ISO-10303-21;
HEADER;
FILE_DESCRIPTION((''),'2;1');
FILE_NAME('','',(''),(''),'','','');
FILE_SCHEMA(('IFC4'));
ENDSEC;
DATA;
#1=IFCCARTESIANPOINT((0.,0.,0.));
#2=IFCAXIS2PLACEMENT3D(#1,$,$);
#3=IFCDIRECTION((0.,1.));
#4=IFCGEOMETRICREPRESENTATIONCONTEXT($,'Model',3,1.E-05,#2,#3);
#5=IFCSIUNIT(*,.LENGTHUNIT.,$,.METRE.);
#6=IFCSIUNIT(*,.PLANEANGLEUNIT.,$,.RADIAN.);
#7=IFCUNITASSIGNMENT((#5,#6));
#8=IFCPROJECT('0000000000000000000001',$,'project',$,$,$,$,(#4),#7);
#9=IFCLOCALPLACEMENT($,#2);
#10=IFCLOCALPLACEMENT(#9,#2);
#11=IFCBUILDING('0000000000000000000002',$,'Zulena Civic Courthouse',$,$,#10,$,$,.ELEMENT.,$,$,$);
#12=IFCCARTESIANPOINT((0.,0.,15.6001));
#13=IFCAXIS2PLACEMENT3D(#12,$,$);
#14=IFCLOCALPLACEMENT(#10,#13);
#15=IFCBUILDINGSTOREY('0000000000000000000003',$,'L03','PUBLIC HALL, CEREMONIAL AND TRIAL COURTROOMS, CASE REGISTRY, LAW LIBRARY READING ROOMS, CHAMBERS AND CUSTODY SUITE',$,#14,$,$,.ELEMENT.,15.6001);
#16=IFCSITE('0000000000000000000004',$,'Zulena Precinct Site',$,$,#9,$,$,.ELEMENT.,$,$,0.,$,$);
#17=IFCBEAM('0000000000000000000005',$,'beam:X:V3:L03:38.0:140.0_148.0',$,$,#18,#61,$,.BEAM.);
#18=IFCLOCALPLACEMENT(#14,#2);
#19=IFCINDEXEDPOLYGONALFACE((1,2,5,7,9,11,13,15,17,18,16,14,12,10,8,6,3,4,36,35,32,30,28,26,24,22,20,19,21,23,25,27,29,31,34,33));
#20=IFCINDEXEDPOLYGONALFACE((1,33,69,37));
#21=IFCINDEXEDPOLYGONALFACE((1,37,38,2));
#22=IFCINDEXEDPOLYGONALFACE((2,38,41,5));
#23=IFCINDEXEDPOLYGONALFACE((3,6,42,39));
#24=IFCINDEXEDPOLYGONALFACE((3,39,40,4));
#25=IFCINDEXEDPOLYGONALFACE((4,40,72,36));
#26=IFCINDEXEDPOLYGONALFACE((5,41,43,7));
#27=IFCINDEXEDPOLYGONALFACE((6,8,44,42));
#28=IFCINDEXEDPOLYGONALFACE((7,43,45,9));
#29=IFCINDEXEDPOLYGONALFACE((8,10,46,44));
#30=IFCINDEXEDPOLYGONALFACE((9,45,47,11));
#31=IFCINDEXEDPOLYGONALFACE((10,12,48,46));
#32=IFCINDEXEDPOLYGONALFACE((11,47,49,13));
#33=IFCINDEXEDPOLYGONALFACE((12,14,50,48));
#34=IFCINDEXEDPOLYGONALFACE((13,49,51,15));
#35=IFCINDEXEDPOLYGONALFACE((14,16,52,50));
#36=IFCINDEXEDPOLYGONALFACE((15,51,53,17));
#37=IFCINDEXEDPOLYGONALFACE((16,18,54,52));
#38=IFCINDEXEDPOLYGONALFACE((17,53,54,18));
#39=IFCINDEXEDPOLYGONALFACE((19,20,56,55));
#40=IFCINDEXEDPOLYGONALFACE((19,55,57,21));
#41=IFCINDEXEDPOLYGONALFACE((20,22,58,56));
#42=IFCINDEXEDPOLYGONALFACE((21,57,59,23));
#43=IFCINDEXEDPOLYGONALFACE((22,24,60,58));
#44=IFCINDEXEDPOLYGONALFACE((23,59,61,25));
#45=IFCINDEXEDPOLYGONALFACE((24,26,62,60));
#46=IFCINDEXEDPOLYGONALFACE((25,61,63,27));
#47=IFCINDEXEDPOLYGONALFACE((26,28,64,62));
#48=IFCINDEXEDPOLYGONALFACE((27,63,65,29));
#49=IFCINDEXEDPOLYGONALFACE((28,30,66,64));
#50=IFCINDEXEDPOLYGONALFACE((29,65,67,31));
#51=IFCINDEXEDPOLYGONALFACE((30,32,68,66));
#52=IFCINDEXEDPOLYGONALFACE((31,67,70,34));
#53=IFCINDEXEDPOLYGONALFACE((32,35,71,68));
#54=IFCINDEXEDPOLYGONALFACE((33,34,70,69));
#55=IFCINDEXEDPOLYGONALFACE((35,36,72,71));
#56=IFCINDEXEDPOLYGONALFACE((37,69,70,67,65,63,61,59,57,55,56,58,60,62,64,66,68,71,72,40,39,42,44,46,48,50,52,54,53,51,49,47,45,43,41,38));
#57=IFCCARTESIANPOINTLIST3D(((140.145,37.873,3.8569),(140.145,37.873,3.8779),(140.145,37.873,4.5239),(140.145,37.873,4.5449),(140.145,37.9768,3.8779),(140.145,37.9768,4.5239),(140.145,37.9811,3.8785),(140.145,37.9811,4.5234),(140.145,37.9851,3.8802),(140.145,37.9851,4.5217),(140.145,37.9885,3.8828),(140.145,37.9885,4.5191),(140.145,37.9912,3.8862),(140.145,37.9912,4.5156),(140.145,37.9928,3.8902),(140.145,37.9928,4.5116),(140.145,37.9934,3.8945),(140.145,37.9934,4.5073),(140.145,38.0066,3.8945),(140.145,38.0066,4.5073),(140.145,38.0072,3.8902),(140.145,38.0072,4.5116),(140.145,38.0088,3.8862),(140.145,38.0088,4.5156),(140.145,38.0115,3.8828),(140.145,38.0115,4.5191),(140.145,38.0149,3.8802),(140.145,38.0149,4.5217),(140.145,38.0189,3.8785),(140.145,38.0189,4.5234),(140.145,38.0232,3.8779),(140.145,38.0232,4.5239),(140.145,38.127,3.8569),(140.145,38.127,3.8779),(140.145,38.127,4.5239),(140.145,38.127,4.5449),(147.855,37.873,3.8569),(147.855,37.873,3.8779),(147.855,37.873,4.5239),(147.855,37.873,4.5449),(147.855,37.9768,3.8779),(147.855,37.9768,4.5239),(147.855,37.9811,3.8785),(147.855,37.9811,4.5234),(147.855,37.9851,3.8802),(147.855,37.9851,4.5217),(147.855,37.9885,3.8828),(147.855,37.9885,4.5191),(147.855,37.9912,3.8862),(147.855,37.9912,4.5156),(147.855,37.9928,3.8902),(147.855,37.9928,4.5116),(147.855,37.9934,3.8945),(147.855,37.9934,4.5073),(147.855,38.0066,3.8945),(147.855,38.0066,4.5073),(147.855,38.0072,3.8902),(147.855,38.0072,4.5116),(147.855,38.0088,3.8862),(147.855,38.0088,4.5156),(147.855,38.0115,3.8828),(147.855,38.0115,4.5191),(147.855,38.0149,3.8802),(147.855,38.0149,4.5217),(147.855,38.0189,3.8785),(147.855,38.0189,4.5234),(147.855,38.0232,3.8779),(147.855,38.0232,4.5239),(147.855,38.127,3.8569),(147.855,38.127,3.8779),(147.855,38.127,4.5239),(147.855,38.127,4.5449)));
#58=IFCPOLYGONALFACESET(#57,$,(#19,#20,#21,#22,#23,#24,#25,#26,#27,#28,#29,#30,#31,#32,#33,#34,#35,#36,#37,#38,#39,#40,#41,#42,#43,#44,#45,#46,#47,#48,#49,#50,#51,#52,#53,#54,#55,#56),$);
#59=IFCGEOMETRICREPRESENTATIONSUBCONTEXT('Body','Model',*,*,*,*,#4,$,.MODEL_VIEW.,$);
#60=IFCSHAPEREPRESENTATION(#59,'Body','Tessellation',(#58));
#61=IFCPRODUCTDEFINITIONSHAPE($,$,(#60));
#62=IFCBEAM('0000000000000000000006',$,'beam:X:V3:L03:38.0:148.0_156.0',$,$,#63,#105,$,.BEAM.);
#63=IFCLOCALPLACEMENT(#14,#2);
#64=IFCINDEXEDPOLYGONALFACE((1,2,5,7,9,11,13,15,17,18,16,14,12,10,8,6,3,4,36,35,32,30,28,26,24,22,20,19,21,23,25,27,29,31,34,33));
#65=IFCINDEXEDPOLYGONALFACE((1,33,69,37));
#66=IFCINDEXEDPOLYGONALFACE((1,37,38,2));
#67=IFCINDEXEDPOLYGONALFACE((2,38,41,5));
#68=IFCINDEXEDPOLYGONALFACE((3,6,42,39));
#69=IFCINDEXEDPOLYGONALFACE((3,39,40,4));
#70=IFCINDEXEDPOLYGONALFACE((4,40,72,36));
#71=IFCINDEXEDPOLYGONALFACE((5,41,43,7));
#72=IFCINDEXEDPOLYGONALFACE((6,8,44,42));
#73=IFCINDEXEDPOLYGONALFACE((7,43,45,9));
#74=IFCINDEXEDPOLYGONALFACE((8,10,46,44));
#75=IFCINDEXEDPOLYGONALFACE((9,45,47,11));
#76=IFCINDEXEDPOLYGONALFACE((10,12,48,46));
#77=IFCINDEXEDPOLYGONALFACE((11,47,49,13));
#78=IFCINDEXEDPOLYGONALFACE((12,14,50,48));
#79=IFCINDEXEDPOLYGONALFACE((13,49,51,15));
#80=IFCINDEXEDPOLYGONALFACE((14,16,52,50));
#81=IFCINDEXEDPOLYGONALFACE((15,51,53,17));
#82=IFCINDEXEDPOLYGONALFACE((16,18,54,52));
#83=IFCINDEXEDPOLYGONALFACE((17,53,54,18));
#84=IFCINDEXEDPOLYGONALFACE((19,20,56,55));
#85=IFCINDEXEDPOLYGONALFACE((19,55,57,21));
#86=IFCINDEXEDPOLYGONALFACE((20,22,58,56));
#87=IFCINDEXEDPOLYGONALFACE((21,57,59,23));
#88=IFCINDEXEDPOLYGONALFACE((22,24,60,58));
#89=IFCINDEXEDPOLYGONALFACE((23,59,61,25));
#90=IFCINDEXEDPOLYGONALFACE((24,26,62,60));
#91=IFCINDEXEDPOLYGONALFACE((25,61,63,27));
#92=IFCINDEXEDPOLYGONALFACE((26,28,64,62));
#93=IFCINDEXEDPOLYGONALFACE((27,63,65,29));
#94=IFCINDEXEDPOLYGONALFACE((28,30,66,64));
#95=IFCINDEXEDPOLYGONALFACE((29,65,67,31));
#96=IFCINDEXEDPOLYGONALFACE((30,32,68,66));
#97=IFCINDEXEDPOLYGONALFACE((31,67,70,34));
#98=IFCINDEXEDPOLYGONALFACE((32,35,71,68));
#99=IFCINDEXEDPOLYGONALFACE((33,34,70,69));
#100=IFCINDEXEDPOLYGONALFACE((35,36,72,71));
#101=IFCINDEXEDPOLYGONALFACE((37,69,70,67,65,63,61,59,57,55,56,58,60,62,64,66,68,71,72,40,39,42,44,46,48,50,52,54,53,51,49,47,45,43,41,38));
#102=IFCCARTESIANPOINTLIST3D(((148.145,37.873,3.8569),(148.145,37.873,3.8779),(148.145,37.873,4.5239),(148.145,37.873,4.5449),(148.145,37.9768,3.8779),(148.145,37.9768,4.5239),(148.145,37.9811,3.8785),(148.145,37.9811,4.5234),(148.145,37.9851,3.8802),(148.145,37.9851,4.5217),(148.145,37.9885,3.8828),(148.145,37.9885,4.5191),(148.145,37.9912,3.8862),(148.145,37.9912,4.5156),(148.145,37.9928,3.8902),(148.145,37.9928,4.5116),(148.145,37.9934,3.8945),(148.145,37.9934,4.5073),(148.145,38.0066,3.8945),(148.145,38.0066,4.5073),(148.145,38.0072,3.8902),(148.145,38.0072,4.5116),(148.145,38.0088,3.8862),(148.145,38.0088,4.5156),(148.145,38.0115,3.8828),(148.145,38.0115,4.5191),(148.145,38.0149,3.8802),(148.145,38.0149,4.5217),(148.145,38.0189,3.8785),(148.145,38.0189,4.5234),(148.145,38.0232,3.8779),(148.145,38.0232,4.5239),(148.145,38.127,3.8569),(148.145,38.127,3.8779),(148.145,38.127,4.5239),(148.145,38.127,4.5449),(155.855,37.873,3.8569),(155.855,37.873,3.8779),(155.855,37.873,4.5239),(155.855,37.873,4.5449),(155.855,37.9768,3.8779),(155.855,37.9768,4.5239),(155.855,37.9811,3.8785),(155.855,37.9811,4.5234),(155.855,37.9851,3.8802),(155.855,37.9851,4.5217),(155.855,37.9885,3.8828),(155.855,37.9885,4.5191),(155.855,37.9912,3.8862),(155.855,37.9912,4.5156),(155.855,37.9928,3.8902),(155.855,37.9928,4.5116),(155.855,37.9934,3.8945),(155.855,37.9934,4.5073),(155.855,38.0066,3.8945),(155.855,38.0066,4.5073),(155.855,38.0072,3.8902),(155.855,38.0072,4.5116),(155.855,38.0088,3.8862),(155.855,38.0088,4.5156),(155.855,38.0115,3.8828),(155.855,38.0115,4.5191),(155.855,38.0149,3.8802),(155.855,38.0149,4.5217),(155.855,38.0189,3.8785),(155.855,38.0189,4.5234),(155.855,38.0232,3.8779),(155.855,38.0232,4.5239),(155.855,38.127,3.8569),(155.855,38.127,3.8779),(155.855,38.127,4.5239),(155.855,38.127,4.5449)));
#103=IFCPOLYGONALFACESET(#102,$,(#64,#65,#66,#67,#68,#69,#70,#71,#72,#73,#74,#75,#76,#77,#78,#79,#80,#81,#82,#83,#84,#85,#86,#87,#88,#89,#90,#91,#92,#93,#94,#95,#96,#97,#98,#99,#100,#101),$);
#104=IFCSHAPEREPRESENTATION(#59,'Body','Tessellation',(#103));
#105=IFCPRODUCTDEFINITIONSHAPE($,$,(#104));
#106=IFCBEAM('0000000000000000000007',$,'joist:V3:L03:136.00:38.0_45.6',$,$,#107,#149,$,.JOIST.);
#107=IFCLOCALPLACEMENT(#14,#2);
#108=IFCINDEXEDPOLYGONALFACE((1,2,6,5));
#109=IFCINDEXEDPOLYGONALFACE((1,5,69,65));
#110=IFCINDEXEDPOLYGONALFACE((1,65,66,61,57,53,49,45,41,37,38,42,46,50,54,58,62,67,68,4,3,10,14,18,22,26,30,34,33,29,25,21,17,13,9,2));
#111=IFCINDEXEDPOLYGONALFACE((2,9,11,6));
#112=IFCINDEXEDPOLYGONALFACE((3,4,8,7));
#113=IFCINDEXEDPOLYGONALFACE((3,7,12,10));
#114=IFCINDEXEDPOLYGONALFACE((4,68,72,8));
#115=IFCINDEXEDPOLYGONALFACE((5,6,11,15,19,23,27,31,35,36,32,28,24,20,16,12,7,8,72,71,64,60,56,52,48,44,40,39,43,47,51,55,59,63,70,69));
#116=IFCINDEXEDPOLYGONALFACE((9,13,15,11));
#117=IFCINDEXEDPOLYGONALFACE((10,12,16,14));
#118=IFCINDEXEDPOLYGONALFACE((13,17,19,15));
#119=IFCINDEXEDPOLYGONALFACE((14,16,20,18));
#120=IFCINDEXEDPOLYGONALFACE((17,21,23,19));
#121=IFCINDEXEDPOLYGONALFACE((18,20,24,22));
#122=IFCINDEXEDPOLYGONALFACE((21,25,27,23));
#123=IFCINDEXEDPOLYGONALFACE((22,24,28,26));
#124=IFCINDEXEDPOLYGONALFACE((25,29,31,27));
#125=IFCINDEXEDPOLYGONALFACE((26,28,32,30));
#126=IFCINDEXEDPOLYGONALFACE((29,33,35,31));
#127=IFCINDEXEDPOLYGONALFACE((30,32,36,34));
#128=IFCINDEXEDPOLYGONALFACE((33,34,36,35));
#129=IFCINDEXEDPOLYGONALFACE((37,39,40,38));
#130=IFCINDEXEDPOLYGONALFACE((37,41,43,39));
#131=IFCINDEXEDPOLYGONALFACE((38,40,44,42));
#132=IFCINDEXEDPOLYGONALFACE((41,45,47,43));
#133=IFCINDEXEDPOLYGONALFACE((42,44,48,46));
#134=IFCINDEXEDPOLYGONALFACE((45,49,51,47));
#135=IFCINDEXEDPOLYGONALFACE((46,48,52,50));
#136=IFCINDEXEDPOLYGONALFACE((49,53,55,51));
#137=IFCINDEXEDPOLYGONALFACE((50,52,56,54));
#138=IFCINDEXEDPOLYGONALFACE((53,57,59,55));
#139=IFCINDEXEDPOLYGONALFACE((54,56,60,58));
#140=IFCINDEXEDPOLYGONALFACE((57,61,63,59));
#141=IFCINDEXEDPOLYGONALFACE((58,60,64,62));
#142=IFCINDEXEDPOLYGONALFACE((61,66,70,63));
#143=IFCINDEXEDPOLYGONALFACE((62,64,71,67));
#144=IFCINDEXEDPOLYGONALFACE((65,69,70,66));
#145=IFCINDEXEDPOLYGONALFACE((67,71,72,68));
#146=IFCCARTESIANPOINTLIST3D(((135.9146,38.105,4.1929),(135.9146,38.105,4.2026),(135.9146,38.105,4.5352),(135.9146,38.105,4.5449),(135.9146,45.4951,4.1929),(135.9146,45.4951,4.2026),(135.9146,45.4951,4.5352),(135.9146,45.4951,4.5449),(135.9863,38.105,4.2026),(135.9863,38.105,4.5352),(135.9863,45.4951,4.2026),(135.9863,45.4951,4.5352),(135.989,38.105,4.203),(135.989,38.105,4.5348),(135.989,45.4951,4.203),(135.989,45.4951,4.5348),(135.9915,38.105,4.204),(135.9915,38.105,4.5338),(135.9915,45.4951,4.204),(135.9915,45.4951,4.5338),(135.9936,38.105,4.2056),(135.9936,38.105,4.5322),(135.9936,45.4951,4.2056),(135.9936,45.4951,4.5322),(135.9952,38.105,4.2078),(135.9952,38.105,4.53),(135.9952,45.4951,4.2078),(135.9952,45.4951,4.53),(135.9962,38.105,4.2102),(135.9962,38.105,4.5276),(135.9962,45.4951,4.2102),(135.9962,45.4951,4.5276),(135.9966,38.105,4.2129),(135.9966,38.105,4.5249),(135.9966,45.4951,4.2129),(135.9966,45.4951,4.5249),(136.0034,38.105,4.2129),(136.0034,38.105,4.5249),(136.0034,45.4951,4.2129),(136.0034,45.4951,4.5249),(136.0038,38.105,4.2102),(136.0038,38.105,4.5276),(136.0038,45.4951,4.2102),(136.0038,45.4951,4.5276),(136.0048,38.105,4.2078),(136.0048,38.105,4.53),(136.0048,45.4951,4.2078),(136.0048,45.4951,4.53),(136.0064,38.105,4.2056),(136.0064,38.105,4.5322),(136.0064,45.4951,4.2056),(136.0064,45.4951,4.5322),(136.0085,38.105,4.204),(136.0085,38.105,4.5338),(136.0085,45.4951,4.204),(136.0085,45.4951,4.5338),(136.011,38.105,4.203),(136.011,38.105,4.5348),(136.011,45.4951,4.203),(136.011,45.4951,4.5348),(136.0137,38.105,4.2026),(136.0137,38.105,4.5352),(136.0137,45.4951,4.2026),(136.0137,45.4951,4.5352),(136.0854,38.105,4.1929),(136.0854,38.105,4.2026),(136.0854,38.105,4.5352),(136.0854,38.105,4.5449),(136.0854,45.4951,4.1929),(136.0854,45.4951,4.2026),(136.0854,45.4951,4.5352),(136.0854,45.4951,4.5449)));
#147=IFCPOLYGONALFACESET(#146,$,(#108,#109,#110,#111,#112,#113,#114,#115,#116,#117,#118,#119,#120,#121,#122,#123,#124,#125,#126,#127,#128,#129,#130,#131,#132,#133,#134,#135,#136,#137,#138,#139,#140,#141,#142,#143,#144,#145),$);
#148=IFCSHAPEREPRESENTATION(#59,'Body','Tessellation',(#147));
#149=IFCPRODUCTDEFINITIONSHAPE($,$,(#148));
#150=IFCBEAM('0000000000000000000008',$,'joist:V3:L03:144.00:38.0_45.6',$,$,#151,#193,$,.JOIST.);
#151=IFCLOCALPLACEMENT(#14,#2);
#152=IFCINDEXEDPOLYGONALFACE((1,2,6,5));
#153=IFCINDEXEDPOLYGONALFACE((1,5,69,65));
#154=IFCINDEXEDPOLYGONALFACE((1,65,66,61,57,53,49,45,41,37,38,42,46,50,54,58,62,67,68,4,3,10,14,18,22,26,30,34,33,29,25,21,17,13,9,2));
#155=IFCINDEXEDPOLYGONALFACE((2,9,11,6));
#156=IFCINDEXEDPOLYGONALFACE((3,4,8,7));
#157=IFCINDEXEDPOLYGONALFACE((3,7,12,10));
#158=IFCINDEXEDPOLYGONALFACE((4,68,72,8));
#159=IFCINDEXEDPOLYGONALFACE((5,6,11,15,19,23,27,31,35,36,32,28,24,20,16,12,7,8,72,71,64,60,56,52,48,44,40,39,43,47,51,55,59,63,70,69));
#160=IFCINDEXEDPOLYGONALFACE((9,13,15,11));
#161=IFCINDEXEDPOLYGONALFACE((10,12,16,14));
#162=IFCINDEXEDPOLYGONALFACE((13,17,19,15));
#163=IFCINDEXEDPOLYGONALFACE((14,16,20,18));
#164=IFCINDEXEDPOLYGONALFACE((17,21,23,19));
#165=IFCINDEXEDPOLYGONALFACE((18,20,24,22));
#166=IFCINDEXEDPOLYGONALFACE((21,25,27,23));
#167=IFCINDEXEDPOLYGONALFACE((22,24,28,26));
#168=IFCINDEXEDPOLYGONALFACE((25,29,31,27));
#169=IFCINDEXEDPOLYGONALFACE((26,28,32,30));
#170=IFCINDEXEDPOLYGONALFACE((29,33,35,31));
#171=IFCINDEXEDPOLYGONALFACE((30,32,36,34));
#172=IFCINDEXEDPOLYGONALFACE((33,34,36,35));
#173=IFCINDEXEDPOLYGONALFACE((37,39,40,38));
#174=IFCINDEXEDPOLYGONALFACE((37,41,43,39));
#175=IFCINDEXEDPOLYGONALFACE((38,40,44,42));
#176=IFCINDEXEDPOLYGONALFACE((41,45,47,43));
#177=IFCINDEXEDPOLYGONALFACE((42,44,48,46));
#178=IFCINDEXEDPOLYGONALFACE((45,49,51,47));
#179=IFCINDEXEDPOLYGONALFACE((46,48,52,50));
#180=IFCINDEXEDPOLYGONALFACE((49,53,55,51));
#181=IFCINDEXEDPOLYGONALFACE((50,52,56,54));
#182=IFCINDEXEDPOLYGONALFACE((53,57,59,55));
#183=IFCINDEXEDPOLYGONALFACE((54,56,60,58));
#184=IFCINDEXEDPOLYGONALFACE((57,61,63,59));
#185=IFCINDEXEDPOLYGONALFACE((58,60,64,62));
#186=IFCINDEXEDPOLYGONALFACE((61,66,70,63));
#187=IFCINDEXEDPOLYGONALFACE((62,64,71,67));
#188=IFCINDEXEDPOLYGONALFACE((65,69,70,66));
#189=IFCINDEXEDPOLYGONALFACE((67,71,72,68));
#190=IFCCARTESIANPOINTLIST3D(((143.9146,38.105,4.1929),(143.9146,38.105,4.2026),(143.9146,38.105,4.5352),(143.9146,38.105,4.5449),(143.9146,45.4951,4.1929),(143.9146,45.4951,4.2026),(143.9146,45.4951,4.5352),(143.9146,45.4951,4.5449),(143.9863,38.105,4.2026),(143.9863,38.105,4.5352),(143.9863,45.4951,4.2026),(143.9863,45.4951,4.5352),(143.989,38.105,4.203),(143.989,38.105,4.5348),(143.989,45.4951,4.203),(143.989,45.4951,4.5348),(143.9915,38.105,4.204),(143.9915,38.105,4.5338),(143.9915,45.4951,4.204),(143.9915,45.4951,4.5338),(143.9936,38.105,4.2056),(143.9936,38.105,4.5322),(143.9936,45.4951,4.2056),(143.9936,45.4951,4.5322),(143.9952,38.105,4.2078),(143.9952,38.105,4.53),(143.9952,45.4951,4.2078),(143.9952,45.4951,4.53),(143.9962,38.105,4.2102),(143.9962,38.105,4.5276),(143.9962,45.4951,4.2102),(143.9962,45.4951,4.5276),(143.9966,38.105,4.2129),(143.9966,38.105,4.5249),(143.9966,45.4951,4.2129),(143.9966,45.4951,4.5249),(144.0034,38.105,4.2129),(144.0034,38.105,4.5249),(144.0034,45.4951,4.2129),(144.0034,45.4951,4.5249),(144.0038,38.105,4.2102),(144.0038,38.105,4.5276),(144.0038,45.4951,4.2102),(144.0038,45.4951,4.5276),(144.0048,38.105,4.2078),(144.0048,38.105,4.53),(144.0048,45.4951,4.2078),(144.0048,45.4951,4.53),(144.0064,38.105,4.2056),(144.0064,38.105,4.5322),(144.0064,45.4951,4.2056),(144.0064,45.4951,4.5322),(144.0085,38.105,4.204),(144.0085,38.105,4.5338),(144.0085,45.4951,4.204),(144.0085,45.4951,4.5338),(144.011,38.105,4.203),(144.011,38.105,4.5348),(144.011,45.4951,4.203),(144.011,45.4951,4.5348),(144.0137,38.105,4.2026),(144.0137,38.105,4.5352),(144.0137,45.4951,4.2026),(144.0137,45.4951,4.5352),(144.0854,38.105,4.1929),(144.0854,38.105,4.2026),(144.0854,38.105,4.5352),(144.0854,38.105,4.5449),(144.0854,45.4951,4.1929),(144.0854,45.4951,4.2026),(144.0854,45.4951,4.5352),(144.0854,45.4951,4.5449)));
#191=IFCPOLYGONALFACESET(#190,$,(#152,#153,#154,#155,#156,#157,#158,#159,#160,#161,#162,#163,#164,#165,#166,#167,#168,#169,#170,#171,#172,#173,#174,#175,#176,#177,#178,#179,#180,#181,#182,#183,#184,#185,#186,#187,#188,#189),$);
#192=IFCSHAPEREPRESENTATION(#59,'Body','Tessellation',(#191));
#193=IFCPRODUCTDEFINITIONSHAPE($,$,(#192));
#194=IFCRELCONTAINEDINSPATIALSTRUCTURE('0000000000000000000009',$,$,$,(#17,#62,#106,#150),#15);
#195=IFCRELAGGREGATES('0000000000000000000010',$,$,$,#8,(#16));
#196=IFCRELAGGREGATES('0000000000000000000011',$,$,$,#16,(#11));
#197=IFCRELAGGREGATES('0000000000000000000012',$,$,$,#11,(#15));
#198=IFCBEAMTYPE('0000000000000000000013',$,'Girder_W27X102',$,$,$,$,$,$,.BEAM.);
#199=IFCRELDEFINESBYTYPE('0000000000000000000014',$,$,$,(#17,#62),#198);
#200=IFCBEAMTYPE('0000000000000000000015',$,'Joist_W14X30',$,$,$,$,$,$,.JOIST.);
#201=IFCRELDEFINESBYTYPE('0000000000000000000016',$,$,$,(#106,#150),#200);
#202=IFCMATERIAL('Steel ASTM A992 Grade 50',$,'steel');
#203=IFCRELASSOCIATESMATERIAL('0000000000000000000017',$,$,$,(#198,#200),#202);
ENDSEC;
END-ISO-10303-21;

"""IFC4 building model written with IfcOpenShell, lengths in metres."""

from ifc_helpers import new_model, si_unit, direction, frame, origin, origin_2d, place, context, subcontext, project, spatial, i_section, extrude, material, material_profile, profile_set, type_object, element, save


model = new_model("IFC4")

# Units and contexts
model_context = context("Model", 3, precision=1e-05, world=origin(), true_north=direction((0.0, 1.0)))
body_context = subcontext(model_context, "Body", "Model", "MODEL_VIEW")
ifc_project = project(units=[si_unit("LENGTHUNIT", "METRE"), si_unit("PLANEANGLEUNIT", "RADIAN")], contexts=[model_context])

# Site, building, storey
site_placement = place(None, origin())
site = spatial("IfcSite", under=ifc_project, at=site_placement, Name="Zulena Precinct Site", CompositionType="ELEMENT", RefElevation=0.0)
building_placement = place(site_placement, origin())
building = spatial("IfcBuilding", under=site, at=building_placement, Name="Zulena Civic Courthouse", CompositionType="ELEMENT")
storey_placement = place(building_placement, frame((0.0, 0.0, 15.6001)))
storey = spatial("IfcBuildingStorey", under=building, at=storey_placement, Name="L03", Description="PUBLIC HALL, CEREMONIAL AND TRIAL COURTROOMS, CASE REGISTRY, LAW LIBRARY READING ROOMS, CHAMBERS AND CUSTODY SUITE", CompositionType="ELEMENT", Elevation=15.6001)

# Shared definitions
ifc_material_1 = material(Name="Steel ASTM A992 Grade 50", Category="steel")

# Beams
ifc_material_profile_1 = material_profile(ifc_material_1, i_section(OverallWidth=0.2539, OverallDepth=0.688, WebThickness=0.0132, FlangeThickness=0.021, FilletRadius=0.0166, at=origin_2d()), Name="W27X102")
ifc_profile_set_1 = profile_set([ifc_material_profile_1], Name="Steel ASTM A992 Grade 50")
beam_type_1 = type_object("IfcBeamType", Name="Girder_W27X102", PredefinedType="BEAM", material=ifc_profile_set_1)
for number, where, z_axis, x_axis, name in (
    (1, (140.145, 38.0, 4.2009), (1.0, 0.0, 0.0), (0.0, 1.0, 0.0), "beam:X:V3:L03:38.0:140.0_148.0"),
    (2, (148.145, 38.0, 4.2009), (1.0, 0.0, 0.0), (0.0, 1.0, 0.0), "beam:X:V3:L03:38.0:148.0_156.0"),
):
    element("IfcBeam", number, at=place(storey_placement, frame(where, z_axis=z_axis, x_axis=x_axis)), inside=storey, type_object=beam_type_1, Name=name, PredefinedType="BEAM", context=body_context, shape_type="SweptSolid", body=[
        extrude(i_section(OverallWidth=0.2539, OverallDepth=0.688, WebThickness=0.0132, FlangeThickness=0.021, FilletRadius=0.0166, at=origin_2d()), origin(), (0.0, 0.0, 1.0), 7.71),
    ])
ifc_material_profile_2 = material_profile(ifc_material_1, i_section(OverallWidth=0.1709, OverallDepth=0.3521, WebThickness=0.0068, FlangeThickness=0.0098, FilletRadius=0.0103, at=origin_2d()), Name="W14X30")
ifc_profile_set_2 = profile_set([ifc_material_profile_2], Name="Steel ASTM A992 Grade 50")
beam_type_2 = type_object("IfcBeamType", Name="Joist_W14X30", PredefinedType="JOIST", material=ifc_profile_set_2)
for number, where, z_axis, x_axis, name in (
    (3, (136.0, 38.105, 4.3689), (0.0, 1.0, 0.0), (-1.0, 0.0, 0.0), "joist:V3:L03:136.00:38.0_45.6"),
    (4, (144.0, 38.105, 4.3689), (0.0, 1.0, 0.0), (-1.0, 0.0, 0.0), "joist:V3:L03:144.00:38.0_45.6"),
):
    element("IfcBeam", number, at=place(storey_placement, frame(where, z_axis=z_axis, x_axis=x_axis)), inside=storey, type_object=beam_type_2, Name=name, PredefinedType="JOIST", context=body_context, shape_type="SweptSolid", body=[
        extrude(i_section(OverallWidth=0.1709, OverallDepth=0.3521, WebThickness=0.0068, FlangeThickness=0.0098, FilletRadius=0.0103, at=origin_2d()), origin(), (0.0, 0.0, 1.0), 7.3901),
    ])

save(model, "model.ifc")
